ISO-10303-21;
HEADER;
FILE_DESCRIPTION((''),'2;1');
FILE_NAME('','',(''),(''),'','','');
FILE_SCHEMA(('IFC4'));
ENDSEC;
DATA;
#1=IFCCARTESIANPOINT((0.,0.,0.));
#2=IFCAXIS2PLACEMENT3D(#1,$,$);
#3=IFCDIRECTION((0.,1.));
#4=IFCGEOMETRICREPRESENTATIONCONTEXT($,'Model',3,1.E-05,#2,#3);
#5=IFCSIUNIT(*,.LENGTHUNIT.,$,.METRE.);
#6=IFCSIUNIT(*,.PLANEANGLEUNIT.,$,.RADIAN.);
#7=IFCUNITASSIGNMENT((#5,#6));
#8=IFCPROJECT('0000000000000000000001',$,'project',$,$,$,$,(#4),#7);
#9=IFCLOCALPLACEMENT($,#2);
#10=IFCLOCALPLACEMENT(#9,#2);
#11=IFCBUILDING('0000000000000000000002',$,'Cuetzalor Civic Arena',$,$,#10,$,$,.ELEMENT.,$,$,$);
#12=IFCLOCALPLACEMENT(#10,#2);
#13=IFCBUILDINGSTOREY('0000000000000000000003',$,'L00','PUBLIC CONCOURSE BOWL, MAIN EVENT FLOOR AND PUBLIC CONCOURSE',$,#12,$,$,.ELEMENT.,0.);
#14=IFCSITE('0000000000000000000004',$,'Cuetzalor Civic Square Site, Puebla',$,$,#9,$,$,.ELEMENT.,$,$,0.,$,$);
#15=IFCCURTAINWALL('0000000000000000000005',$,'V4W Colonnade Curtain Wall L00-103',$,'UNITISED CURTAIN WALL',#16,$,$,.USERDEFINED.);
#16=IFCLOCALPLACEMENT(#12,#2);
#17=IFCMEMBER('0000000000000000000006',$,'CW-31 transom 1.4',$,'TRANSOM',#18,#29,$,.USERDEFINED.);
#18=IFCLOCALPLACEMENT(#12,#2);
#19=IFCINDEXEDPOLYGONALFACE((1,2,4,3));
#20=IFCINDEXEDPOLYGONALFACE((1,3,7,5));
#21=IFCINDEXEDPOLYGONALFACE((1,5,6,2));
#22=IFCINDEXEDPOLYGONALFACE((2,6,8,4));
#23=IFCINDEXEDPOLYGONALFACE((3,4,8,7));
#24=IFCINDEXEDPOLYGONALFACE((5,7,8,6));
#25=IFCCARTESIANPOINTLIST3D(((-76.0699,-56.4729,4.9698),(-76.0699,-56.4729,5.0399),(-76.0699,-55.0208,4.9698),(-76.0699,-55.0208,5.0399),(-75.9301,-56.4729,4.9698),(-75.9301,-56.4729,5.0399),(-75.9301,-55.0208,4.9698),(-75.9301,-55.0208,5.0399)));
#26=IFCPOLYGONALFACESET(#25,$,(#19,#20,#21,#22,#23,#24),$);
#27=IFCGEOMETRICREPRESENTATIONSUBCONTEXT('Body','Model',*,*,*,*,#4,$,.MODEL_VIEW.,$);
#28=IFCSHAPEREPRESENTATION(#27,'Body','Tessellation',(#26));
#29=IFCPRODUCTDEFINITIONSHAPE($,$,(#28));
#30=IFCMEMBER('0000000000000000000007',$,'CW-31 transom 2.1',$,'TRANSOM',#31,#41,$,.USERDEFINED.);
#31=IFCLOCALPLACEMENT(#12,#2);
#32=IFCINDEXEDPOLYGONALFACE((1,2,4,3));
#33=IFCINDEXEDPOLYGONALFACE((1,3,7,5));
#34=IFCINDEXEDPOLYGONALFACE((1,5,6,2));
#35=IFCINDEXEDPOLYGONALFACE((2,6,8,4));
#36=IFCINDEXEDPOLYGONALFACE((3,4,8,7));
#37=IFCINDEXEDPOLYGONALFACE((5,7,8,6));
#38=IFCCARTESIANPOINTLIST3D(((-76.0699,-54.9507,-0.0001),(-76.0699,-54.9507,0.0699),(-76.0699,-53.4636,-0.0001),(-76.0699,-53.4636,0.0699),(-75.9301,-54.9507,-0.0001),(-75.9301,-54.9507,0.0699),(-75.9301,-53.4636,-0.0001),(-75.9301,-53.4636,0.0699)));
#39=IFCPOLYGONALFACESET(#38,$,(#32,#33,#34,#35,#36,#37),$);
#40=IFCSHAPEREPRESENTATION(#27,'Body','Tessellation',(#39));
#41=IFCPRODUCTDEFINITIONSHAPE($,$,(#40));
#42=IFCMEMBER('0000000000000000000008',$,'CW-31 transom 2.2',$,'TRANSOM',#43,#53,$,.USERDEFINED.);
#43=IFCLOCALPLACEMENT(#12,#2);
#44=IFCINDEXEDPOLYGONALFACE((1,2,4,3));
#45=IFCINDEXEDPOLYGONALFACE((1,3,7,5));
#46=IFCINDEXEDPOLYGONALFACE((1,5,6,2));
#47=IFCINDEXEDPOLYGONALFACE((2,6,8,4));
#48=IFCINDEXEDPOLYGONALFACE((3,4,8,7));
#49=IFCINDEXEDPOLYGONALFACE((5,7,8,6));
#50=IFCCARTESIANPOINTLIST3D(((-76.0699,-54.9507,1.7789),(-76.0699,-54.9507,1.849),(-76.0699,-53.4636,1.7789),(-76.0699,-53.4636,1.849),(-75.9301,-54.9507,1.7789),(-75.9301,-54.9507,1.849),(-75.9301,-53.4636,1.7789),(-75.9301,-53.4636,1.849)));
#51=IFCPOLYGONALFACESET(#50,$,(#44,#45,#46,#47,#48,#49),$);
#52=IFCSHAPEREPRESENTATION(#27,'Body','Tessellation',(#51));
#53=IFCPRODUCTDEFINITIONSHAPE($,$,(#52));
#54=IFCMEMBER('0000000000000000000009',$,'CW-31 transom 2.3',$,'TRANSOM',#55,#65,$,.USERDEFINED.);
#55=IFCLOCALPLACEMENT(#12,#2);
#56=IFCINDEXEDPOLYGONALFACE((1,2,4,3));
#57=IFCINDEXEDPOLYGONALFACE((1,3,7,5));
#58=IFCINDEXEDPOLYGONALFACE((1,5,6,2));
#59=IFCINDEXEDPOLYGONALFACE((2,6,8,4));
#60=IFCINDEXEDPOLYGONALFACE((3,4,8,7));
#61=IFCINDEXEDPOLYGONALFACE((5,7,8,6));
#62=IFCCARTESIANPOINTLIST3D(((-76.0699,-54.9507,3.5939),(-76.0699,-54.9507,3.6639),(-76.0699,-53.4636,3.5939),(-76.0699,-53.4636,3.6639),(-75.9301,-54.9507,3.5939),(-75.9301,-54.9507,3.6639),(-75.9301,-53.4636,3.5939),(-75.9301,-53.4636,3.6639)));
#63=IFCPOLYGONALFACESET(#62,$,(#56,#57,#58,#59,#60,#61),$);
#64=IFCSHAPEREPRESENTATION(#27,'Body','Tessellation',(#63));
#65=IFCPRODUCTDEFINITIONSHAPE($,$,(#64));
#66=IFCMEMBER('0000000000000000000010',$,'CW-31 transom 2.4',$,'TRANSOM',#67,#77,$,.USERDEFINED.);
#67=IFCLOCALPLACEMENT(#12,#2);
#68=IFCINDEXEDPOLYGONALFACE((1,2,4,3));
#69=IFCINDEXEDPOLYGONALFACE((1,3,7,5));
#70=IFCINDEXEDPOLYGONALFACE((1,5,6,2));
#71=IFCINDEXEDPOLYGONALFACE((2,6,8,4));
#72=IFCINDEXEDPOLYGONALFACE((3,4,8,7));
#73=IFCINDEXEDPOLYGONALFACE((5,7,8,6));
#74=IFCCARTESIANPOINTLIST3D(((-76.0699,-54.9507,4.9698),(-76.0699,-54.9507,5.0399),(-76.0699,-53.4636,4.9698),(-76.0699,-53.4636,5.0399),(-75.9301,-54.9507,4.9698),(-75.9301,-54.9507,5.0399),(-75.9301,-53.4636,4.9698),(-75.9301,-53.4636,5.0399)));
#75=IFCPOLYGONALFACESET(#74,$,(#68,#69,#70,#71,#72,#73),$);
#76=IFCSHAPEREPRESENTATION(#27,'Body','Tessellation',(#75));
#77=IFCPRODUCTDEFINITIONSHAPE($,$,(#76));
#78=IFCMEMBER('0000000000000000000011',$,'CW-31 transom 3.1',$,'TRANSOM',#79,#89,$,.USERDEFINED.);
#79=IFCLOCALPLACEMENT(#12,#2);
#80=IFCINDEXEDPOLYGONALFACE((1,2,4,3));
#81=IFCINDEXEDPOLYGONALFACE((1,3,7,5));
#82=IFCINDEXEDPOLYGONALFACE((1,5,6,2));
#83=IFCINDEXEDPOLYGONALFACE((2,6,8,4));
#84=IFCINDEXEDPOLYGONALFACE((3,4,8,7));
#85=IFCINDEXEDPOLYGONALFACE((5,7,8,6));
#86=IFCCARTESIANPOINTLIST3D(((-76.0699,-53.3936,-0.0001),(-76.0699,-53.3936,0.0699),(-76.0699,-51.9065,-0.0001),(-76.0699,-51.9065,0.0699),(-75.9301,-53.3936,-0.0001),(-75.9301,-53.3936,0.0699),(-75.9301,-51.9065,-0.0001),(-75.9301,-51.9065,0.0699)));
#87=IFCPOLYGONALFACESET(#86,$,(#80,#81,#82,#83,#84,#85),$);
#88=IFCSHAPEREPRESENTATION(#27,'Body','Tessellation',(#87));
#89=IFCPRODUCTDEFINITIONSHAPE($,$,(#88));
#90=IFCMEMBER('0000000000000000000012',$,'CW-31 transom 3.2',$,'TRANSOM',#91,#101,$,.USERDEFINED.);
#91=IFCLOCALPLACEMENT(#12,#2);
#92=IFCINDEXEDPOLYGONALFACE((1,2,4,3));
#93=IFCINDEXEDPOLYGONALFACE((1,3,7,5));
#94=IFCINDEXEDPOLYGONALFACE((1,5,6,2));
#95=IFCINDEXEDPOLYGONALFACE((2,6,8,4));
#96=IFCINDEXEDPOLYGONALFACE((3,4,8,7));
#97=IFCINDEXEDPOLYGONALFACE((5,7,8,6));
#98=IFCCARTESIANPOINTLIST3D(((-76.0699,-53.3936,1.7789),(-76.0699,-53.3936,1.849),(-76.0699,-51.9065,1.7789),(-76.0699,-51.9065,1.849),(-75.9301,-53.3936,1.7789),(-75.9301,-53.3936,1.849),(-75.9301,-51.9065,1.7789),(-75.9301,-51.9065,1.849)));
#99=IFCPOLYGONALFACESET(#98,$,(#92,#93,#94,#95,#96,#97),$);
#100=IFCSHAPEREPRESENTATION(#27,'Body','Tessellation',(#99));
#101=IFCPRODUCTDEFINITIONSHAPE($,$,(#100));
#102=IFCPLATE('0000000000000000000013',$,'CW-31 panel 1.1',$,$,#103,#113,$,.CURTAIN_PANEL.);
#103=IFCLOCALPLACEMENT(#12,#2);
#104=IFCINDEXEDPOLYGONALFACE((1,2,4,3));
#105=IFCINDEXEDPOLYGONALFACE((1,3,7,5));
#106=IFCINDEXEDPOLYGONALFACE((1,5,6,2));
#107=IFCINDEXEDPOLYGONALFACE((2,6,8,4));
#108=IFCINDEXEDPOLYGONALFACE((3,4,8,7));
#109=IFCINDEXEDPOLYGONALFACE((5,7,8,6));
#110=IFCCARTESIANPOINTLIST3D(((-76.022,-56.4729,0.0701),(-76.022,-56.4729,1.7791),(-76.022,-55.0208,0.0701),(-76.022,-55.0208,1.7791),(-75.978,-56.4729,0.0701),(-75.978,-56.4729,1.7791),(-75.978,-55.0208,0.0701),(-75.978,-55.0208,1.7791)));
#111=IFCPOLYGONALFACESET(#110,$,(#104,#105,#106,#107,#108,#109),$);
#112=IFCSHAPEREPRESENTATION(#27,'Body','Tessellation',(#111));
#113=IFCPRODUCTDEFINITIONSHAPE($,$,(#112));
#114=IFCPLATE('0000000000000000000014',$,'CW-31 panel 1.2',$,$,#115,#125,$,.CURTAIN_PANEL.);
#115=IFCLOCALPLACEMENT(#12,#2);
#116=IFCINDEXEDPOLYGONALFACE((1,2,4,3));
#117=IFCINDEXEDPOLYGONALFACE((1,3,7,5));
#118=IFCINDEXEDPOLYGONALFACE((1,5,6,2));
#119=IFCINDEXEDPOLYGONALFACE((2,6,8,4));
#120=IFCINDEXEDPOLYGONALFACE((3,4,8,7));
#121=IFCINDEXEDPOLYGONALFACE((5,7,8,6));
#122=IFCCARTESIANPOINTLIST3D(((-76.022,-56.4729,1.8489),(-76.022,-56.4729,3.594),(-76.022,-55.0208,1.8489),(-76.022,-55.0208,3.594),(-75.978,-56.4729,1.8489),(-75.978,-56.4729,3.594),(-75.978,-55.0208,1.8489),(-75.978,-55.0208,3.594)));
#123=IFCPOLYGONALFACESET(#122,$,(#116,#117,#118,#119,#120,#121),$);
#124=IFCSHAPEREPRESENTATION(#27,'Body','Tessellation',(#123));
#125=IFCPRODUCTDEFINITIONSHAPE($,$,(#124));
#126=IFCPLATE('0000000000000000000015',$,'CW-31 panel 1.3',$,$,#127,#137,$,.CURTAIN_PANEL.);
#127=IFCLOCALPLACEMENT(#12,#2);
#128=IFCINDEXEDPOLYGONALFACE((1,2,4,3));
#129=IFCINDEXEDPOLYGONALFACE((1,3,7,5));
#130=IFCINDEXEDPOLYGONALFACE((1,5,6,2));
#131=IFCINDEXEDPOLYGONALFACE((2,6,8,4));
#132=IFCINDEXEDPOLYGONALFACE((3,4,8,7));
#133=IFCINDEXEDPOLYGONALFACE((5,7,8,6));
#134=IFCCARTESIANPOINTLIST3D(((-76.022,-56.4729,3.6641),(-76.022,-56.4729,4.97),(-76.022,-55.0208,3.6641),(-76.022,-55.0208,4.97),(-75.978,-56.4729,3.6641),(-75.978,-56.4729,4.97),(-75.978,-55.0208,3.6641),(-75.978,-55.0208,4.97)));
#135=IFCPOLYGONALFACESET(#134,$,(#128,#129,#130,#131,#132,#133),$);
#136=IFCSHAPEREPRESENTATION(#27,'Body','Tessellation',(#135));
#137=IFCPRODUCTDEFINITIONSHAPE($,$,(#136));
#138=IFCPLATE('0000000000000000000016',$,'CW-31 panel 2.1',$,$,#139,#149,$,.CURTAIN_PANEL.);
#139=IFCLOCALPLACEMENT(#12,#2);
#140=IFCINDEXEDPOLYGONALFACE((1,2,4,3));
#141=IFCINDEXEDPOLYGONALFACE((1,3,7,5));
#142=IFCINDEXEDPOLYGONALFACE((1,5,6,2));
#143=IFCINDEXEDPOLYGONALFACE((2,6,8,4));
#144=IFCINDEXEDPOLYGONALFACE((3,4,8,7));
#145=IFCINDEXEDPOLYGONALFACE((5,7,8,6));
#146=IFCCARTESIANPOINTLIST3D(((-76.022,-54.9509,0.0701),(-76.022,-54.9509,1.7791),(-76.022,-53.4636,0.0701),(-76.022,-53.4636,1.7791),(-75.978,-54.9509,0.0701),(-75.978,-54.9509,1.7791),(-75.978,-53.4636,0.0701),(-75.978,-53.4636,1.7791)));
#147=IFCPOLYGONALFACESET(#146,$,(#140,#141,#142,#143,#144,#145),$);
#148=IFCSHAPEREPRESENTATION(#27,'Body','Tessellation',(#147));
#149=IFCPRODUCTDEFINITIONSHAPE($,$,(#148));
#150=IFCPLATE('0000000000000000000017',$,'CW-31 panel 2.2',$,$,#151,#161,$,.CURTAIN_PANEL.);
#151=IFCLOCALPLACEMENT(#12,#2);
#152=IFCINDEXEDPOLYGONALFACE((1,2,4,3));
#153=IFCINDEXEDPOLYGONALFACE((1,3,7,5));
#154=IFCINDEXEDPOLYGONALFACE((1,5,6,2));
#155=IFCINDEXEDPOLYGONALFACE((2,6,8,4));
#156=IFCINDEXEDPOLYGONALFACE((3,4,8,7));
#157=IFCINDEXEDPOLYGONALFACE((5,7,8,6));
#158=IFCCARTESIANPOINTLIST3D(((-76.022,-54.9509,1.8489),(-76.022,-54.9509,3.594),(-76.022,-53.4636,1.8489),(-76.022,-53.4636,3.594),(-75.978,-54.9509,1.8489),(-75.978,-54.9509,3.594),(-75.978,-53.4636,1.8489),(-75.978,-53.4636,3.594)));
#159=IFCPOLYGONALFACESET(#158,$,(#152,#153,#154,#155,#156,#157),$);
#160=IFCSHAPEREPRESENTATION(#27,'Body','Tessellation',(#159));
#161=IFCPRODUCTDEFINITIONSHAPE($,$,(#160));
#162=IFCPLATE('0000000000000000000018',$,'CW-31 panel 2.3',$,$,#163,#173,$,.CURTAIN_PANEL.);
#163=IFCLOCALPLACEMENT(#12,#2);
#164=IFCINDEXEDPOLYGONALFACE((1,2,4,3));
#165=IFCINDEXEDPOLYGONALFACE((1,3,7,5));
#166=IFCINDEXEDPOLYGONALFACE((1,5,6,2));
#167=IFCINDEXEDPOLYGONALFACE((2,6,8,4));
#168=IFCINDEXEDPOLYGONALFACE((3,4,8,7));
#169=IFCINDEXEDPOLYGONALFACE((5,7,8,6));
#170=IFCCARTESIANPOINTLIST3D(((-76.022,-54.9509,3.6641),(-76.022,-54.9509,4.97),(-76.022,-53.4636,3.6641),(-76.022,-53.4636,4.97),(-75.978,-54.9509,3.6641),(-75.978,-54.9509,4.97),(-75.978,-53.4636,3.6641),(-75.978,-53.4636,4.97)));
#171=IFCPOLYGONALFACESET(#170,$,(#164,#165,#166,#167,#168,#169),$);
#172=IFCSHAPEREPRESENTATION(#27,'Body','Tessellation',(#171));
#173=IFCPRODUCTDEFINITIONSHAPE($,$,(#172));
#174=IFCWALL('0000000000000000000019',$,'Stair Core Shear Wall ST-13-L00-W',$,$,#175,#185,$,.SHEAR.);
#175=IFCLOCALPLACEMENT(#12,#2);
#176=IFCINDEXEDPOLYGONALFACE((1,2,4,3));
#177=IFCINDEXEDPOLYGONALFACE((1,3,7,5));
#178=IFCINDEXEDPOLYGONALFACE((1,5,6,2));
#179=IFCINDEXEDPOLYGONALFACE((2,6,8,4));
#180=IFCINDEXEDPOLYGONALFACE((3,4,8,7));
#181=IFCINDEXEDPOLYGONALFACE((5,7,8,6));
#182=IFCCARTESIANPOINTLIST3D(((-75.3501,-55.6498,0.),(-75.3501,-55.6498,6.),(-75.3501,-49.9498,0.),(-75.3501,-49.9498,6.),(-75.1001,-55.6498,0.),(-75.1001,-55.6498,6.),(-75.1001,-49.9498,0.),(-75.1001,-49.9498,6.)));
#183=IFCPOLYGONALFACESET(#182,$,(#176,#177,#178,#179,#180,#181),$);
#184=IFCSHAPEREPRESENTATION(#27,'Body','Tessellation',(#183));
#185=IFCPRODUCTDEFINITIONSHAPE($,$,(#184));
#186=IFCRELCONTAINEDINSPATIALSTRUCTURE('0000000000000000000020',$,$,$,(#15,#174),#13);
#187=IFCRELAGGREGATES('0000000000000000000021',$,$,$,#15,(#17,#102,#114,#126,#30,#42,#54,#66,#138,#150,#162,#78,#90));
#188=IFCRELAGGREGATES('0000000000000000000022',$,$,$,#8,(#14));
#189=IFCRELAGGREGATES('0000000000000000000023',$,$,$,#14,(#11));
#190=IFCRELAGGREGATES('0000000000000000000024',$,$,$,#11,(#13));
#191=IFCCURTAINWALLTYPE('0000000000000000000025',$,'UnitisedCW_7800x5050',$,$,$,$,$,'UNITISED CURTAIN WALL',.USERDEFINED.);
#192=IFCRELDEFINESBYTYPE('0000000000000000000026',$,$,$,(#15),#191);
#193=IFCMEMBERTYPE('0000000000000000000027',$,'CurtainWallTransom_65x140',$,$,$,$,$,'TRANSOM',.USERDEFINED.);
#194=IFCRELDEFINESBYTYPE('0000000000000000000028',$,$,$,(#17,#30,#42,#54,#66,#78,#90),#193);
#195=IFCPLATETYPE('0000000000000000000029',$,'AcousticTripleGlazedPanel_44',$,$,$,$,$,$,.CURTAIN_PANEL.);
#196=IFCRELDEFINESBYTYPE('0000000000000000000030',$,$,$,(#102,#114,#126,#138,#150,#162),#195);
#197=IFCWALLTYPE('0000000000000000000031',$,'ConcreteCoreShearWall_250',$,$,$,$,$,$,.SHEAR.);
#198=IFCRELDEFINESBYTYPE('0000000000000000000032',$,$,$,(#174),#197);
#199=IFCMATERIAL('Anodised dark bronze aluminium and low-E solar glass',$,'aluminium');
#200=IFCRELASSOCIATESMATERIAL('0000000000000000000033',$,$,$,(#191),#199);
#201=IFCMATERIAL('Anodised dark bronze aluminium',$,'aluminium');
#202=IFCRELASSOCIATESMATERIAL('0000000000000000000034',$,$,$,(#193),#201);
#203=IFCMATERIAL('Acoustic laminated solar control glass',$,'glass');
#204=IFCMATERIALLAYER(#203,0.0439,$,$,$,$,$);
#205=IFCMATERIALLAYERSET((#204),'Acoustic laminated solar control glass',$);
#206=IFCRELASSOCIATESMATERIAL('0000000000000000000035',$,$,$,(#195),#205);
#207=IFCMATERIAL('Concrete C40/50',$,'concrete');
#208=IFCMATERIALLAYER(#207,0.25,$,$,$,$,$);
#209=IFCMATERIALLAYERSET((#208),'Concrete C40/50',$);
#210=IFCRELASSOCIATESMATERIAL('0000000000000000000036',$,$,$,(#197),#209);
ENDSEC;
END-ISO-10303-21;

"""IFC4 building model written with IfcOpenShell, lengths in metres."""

from ifc_helpers import new_model, si_unit, direction, frame, frame_2d, origin, origin_2d, place, context, subcontext, project, spatial, rectangle, extrude, material, layer, layer_set, material_profile, profile_set, type_object, element, aggregate, save


model = new_model("IFC4")

# Units and contexts
model_context = context("Model", 3, precision=1e-05, world=origin(), true_north=direction((0.0, 1.0)))
body_context = subcontext(model_context, "Body", "Model", "MODEL_VIEW")
ifc_project = project(units=[si_unit("LENGTHUNIT", "METRE"), si_unit("PLANEANGLEUNIT", "RADIAN")], contexts=[model_context])

# Site, building, storey
site_placement = place(None, origin())
site = spatial("IfcSite", under=ifc_project, at=site_placement, Name="Cuetzalor Civic Square Site, Puebla", CompositionType="ELEMENT", RefElevation=0.0)
building_placement = place(site_placement, origin())
building = spatial("IfcBuilding", under=site, at=building_placement, Name="Cuetzalor Civic Arena", CompositionType="ELEMENT")
storey_placement = place(building_placement, origin())
storey = spatial("IfcBuildingStorey", under=building, at=storey_placement, Name="L00", Description="PUBLIC CONCOURSE BOWL, MAIN EVENT FLOOR AND PUBLIC CONCOURSE", CompositionType="ELEMENT", Elevation=0.0)

# Curtain wall, members, plates
ifc_material_1 = material(Name="Anodised dark bronze aluminium and low-E solar glass", Category="aluminium")
curtain_wall_type = type_object("IfcCurtainWallType", Name="UnitisedCW_7800x5050", ElementType="UNITISED CURTAIN WALL", PredefinedType="USERDEFINED", material=ifc_material_1)
curtain_wall_placement = place(storey_placement, origin())
curtain_wall = element("IfcCurtainWall", 1, at=curtain_wall_placement, inside=storey, type_object=curtain_wall_type, Name="V4W Colonnade Curtain Wall L00-103", ObjectType="UNITISED CURTAIN WALL", PredefinedType="USERDEFINED")
ifc_material_2 = material(Name="Anodised dark bronze aluminium", Category="aluminium")
ifc_material_profile_1 = material_profile(ifc_material_2, rectangle(XDim=0.1399, YDim=0.0701, at=origin_2d()), Name="ALU TRANSOM 70x140")
ifc_profile_set_1 = profile_set([ifc_material_profile_1], Name="Anodised dark bronze aluminium")
member_type_1 = type_object("IfcMemberType", Name="CurtainWallTransom_65x140", ElementType="TRANSOM", PredefinedType="USERDEFINED", material=ifc_profile_set_1)
member_1_placement = place(storey_placement, frame((-76.0, -56.4729, 5.0049), z_axis=(0.0, 1.0, 0.0), x_axis=(-1.0, 0.0, 0.0)))
member_1 = element("IfcMember", 2, at=member_1_placement, type_object=member_type_1, Name="CW-31 transom 1.4", ObjectType="TRANSOM", PredefinedType="USERDEFINED", context=body_context, shape_type="SweptSolid", body=[
    extrude(rectangle(XDim=0.1399, YDim=0.0701, at=origin_2d()), origin(), (0.0, 0.0, 1.0), 1.4521),
])
member_2_placement = place(storey_placement, frame((-76.0, -54.9507, 0.0349), z_axis=(0.0, 1.0, 0.0), x_axis=(-1.0, 0.0, 0.0)))
member_2 = element("IfcMember", 3, at=member_2_placement, type_object=member_type_1, Name="CW-31 transom 2.1", ObjectType="TRANSOM", PredefinedType="USERDEFINED", context=body_context, shape_type="SweptSolid", body=[
    extrude(rectangle(XDim=0.1399, YDim=0.0701, at=origin_2d()), origin(), (0.0, 0.0, 1.0), 1.4871),
])
member_3_placement = place(storey_placement, frame((-76.0, -54.9507, 1.814), z_axis=(0.0, 1.0, 0.0), x_axis=(-1.0, 0.0, 0.0)))
member_3 = element("IfcMember", 4, at=member_3_placement, type_object=member_type_1, Name="CW-31 transom 2.2", ObjectType="TRANSOM", PredefinedType="USERDEFINED", context=body_context, shape_type="SweptSolid", body=[
    extrude(rectangle(XDim=0.1399, YDim=0.0701, at=origin_2d()), origin(), (0.0, 0.0, 1.0), 1.4871),
])
member_4_placement = place(storey_placement, frame((-76.0, -54.9507, 3.6289), z_axis=(0.0, 1.0, 0.0), x_axis=(-1.0, 0.0, 0.0)))
member_4 = element("IfcMember", 5, at=member_4_placement, type_object=member_type_1, Name="CW-31 transom 2.3", ObjectType="TRANSOM", PredefinedType="USERDEFINED", context=body_context, shape_type="SweptSolid", body=[
    extrude(rectangle(XDim=0.1399, YDim=0.0701, at=origin_2d()), origin(), (0.0, 0.0, 1.0), 1.4871),
])
member_5_placement = place(storey_placement, frame((-76.0, -54.9507, 5.0049), z_axis=(0.0, 1.0, 0.0), x_axis=(-1.0, 0.0, 0.0)))
member_5 = element("IfcMember", 6, at=member_5_placement, type_object=member_type_1, Name="CW-31 transom 2.4", ObjectType="TRANSOM", PredefinedType="USERDEFINED", context=body_context, shape_type="SweptSolid", body=[
    extrude(rectangle(XDim=0.1399, YDim=0.0701, at=origin_2d()), origin(), (0.0, 0.0, 1.0), 1.4871),
])
member_6_placement = place(storey_placement, frame((-76.0, -53.3936, 0.0349), z_axis=(0.0, 1.0, 0.0), x_axis=(-1.0, 0.0, 0.0)))
member_6 = element("IfcMember", 7, at=member_6_placement, type_object=member_type_1, Name="CW-31 transom 3.1", ObjectType="TRANSOM", PredefinedType="USERDEFINED", context=body_context, shape_type="SweptSolid", body=[
    extrude(rectangle(XDim=0.1399, YDim=0.0701, at=origin_2d()), origin(), (0.0, 0.0, 1.0), 1.4871),
])
member_7_placement = place(storey_placement, frame((-76.0, -53.3936, 1.814), z_axis=(0.0, 1.0, 0.0), x_axis=(-1.0, 0.0, 0.0)))
member_7 = element("IfcMember", 8, at=member_7_placement, type_object=member_type_1, Name="CW-31 transom 3.2", ObjectType="TRANSOM", PredefinedType="USERDEFINED", context=body_context, shape_type="SweptSolid", body=[
    extrude(rectangle(XDim=0.1399, YDim=0.0701, at=origin_2d()), origin(), (0.0, 0.0, 1.0), 1.4871),
])
ifc_material_3 = material(Name="Acoustic laminated solar control glass", Category="glass")
ifc_layer_1 = layer(ifc_material_3, 0.0439)
ifc_layer_set_1 = layer_set([ifc_layer_1], Name="Acoustic laminated solar control glass")
plate_type = type_object("IfcPlateType", Name="AcousticTripleGlazedPanel_44", PredefinedType="CURTAIN_PANEL", material=ifc_layer_set_1)
plate_1_placement = place(storey_placement, frame((-76.0, -55.7468, 0.0701), z_axis=(0.0, 0.0, 1.0), x_axis=(0.0, 1.0, 0.0)))
plate_1 = element("IfcPlate", 9, at=plate_1_placement, type_object=plate_type, Name="CW-31 panel 1.1", PredefinedType="CURTAIN_PANEL", context=body_context, shape_type="SweptSolid", body=[
    extrude(rectangle(XDim=1.4521, YDim=0.0439, at=origin_2d()), origin(), (0.0, 0.0, 1.0), 1.709),
])
plate_2_placement = place(storey_placement, frame((-76.0, -55.7468, 1.8489), z_axis=(0.0, 0.0, 1.0), x_axis=(0.0, 1.0, 0.0)))
plate_2 = element("IfcPlate", 10, at=plate_2_placement, type_object=plate_type, Name="CW-31 panel 1.2", PredefinedType="CURTAIN_PANEL", context=body_context, shape_type="SweptSolid", body=[
    extrude(rectangle(XDim=1.4521, YDim=0.0439, at=origin_2d()), origin(), (0.0, 0.0, 1.0), 1.7451),
])
plate_3_placement = place(storey_placement, frame((-76.0, -55.7468, 3.6641), z_axis=(0.0, 0.0, 1.0), x_axis=(0.0, 1.0, 0.0)))
plate_3 = element("IfcPlate", 11, at=plate_3_placement, type_object=plate_type, Name="CW-31 panel 1.3", PredefinedType="CURTAIN_PANEL", context=body_context, shape_type="SweptSolid", body=[
    extrude(rectangle(XDim=1.4521, YDim=0.0439, at=origin_2d()), origin(), (0.0, 0.0, 1.0), 1.3059),
])
plate_4_placement = place(storey_placement, frame((-76.0, -54.2073, 0.0701), z_axis=(0.0, 0.0, 1.0), x_axis=(0.0, 1.0, 0.0)))
plate_4 = element("IfcPlate", 12, at=plate_4_placement, type_object=plate_type, Name="CW-31 panel 2.1", PredefinedType="CURTAIN_PANEL", context=body_context, shape_type="SweptSolid", body=[
    extrude(rectangle(XDim=1.4873, YDim=0.0439, at=origin_2d()), origin(), (0.0, 0.0, 1.0), 1.709),
])
plate_5_placement = place(storey_placement, frame((-76.0, -54.2073, 1.8489), z_axis=(0.0, 0.0, 1.0), x_axis=(0.0, 1.0, 0.0)))
plate_5 = element("IfcPlate", 13, at=plate_5_placement, type_object=plate_type, Name="CW-31 panel 2.2", PredefinedType="CURTAIN_PANEL", context=body_context, shape_type="SweptSolid", body=[
    extrude(rectangle(XDim=1.4873, YDim=0.0439, at=origin_2d()), origin(), (0.0, 0.0, 1.0), 1.7451),
])
plate_6_placement = place(storey_placement, frame((-76.0, -54.2073, 3.6641), z_axis=(0.0, 0.0, 1.0), x_axis=(0.0, 1.0, 0.0)))
plate_6 = element("IfcPlate", 14, at=plate_6_placement, type_object=plate_type, Name="CW-31 panel 2.3", PredefinedType="CURTAIN_PANEL", context=body_context, shape_type="SweptSolid", body=[
    extrude(rectangle(XDim=1.4873, YDim=0.0439, at=origin_2d()), origin(), (0.0, 0.0, 1.0), 1.3059),
])
aggregate(curtain_wall, [member_1, plate_1, plate_2, plate_3, member_2, member_3, member_4, member_5, plate_4, plate_5, plate_6, member_6, member_7])

# Wall
ifc_material_4 = material(Name="Concrete C40/50", Category="concrete")
ifc_layer_2 = layer(ifc_material_4, 0.25)
ifc_layer_set_2 = layer_set([ifc_layer_2], Name="Concrete C40/50")
wall_type = type_object("IfcWallType", Name="ConcreteCoreShearWall_250", PredefinedType="SHEAR", material=ifc_layer_set_2)
wall_placement = place(storey_placement, frame((-75.2251, -55.6499, 0.0), z_axis=(0.0, 0.0, 1.0), x_axis=(0.0, 1.0, 0.0)))
element("IfcWall", 15, at=wall_placement, inside=storey, type_object=wall_type, Name="Stair Core Shear Wall ST-13-L00-W", PredefinedType="SHEAR", context=body_context, shape_type="SweptSolid", body=[
    extrude(rectangle(XDim=5.7, YDim=0.25, at=frame_2d((2.8501, 0.0))), origin(), (0.0, 0.0, 1.0), 6.0),
])

save(model, "model.ifc")
